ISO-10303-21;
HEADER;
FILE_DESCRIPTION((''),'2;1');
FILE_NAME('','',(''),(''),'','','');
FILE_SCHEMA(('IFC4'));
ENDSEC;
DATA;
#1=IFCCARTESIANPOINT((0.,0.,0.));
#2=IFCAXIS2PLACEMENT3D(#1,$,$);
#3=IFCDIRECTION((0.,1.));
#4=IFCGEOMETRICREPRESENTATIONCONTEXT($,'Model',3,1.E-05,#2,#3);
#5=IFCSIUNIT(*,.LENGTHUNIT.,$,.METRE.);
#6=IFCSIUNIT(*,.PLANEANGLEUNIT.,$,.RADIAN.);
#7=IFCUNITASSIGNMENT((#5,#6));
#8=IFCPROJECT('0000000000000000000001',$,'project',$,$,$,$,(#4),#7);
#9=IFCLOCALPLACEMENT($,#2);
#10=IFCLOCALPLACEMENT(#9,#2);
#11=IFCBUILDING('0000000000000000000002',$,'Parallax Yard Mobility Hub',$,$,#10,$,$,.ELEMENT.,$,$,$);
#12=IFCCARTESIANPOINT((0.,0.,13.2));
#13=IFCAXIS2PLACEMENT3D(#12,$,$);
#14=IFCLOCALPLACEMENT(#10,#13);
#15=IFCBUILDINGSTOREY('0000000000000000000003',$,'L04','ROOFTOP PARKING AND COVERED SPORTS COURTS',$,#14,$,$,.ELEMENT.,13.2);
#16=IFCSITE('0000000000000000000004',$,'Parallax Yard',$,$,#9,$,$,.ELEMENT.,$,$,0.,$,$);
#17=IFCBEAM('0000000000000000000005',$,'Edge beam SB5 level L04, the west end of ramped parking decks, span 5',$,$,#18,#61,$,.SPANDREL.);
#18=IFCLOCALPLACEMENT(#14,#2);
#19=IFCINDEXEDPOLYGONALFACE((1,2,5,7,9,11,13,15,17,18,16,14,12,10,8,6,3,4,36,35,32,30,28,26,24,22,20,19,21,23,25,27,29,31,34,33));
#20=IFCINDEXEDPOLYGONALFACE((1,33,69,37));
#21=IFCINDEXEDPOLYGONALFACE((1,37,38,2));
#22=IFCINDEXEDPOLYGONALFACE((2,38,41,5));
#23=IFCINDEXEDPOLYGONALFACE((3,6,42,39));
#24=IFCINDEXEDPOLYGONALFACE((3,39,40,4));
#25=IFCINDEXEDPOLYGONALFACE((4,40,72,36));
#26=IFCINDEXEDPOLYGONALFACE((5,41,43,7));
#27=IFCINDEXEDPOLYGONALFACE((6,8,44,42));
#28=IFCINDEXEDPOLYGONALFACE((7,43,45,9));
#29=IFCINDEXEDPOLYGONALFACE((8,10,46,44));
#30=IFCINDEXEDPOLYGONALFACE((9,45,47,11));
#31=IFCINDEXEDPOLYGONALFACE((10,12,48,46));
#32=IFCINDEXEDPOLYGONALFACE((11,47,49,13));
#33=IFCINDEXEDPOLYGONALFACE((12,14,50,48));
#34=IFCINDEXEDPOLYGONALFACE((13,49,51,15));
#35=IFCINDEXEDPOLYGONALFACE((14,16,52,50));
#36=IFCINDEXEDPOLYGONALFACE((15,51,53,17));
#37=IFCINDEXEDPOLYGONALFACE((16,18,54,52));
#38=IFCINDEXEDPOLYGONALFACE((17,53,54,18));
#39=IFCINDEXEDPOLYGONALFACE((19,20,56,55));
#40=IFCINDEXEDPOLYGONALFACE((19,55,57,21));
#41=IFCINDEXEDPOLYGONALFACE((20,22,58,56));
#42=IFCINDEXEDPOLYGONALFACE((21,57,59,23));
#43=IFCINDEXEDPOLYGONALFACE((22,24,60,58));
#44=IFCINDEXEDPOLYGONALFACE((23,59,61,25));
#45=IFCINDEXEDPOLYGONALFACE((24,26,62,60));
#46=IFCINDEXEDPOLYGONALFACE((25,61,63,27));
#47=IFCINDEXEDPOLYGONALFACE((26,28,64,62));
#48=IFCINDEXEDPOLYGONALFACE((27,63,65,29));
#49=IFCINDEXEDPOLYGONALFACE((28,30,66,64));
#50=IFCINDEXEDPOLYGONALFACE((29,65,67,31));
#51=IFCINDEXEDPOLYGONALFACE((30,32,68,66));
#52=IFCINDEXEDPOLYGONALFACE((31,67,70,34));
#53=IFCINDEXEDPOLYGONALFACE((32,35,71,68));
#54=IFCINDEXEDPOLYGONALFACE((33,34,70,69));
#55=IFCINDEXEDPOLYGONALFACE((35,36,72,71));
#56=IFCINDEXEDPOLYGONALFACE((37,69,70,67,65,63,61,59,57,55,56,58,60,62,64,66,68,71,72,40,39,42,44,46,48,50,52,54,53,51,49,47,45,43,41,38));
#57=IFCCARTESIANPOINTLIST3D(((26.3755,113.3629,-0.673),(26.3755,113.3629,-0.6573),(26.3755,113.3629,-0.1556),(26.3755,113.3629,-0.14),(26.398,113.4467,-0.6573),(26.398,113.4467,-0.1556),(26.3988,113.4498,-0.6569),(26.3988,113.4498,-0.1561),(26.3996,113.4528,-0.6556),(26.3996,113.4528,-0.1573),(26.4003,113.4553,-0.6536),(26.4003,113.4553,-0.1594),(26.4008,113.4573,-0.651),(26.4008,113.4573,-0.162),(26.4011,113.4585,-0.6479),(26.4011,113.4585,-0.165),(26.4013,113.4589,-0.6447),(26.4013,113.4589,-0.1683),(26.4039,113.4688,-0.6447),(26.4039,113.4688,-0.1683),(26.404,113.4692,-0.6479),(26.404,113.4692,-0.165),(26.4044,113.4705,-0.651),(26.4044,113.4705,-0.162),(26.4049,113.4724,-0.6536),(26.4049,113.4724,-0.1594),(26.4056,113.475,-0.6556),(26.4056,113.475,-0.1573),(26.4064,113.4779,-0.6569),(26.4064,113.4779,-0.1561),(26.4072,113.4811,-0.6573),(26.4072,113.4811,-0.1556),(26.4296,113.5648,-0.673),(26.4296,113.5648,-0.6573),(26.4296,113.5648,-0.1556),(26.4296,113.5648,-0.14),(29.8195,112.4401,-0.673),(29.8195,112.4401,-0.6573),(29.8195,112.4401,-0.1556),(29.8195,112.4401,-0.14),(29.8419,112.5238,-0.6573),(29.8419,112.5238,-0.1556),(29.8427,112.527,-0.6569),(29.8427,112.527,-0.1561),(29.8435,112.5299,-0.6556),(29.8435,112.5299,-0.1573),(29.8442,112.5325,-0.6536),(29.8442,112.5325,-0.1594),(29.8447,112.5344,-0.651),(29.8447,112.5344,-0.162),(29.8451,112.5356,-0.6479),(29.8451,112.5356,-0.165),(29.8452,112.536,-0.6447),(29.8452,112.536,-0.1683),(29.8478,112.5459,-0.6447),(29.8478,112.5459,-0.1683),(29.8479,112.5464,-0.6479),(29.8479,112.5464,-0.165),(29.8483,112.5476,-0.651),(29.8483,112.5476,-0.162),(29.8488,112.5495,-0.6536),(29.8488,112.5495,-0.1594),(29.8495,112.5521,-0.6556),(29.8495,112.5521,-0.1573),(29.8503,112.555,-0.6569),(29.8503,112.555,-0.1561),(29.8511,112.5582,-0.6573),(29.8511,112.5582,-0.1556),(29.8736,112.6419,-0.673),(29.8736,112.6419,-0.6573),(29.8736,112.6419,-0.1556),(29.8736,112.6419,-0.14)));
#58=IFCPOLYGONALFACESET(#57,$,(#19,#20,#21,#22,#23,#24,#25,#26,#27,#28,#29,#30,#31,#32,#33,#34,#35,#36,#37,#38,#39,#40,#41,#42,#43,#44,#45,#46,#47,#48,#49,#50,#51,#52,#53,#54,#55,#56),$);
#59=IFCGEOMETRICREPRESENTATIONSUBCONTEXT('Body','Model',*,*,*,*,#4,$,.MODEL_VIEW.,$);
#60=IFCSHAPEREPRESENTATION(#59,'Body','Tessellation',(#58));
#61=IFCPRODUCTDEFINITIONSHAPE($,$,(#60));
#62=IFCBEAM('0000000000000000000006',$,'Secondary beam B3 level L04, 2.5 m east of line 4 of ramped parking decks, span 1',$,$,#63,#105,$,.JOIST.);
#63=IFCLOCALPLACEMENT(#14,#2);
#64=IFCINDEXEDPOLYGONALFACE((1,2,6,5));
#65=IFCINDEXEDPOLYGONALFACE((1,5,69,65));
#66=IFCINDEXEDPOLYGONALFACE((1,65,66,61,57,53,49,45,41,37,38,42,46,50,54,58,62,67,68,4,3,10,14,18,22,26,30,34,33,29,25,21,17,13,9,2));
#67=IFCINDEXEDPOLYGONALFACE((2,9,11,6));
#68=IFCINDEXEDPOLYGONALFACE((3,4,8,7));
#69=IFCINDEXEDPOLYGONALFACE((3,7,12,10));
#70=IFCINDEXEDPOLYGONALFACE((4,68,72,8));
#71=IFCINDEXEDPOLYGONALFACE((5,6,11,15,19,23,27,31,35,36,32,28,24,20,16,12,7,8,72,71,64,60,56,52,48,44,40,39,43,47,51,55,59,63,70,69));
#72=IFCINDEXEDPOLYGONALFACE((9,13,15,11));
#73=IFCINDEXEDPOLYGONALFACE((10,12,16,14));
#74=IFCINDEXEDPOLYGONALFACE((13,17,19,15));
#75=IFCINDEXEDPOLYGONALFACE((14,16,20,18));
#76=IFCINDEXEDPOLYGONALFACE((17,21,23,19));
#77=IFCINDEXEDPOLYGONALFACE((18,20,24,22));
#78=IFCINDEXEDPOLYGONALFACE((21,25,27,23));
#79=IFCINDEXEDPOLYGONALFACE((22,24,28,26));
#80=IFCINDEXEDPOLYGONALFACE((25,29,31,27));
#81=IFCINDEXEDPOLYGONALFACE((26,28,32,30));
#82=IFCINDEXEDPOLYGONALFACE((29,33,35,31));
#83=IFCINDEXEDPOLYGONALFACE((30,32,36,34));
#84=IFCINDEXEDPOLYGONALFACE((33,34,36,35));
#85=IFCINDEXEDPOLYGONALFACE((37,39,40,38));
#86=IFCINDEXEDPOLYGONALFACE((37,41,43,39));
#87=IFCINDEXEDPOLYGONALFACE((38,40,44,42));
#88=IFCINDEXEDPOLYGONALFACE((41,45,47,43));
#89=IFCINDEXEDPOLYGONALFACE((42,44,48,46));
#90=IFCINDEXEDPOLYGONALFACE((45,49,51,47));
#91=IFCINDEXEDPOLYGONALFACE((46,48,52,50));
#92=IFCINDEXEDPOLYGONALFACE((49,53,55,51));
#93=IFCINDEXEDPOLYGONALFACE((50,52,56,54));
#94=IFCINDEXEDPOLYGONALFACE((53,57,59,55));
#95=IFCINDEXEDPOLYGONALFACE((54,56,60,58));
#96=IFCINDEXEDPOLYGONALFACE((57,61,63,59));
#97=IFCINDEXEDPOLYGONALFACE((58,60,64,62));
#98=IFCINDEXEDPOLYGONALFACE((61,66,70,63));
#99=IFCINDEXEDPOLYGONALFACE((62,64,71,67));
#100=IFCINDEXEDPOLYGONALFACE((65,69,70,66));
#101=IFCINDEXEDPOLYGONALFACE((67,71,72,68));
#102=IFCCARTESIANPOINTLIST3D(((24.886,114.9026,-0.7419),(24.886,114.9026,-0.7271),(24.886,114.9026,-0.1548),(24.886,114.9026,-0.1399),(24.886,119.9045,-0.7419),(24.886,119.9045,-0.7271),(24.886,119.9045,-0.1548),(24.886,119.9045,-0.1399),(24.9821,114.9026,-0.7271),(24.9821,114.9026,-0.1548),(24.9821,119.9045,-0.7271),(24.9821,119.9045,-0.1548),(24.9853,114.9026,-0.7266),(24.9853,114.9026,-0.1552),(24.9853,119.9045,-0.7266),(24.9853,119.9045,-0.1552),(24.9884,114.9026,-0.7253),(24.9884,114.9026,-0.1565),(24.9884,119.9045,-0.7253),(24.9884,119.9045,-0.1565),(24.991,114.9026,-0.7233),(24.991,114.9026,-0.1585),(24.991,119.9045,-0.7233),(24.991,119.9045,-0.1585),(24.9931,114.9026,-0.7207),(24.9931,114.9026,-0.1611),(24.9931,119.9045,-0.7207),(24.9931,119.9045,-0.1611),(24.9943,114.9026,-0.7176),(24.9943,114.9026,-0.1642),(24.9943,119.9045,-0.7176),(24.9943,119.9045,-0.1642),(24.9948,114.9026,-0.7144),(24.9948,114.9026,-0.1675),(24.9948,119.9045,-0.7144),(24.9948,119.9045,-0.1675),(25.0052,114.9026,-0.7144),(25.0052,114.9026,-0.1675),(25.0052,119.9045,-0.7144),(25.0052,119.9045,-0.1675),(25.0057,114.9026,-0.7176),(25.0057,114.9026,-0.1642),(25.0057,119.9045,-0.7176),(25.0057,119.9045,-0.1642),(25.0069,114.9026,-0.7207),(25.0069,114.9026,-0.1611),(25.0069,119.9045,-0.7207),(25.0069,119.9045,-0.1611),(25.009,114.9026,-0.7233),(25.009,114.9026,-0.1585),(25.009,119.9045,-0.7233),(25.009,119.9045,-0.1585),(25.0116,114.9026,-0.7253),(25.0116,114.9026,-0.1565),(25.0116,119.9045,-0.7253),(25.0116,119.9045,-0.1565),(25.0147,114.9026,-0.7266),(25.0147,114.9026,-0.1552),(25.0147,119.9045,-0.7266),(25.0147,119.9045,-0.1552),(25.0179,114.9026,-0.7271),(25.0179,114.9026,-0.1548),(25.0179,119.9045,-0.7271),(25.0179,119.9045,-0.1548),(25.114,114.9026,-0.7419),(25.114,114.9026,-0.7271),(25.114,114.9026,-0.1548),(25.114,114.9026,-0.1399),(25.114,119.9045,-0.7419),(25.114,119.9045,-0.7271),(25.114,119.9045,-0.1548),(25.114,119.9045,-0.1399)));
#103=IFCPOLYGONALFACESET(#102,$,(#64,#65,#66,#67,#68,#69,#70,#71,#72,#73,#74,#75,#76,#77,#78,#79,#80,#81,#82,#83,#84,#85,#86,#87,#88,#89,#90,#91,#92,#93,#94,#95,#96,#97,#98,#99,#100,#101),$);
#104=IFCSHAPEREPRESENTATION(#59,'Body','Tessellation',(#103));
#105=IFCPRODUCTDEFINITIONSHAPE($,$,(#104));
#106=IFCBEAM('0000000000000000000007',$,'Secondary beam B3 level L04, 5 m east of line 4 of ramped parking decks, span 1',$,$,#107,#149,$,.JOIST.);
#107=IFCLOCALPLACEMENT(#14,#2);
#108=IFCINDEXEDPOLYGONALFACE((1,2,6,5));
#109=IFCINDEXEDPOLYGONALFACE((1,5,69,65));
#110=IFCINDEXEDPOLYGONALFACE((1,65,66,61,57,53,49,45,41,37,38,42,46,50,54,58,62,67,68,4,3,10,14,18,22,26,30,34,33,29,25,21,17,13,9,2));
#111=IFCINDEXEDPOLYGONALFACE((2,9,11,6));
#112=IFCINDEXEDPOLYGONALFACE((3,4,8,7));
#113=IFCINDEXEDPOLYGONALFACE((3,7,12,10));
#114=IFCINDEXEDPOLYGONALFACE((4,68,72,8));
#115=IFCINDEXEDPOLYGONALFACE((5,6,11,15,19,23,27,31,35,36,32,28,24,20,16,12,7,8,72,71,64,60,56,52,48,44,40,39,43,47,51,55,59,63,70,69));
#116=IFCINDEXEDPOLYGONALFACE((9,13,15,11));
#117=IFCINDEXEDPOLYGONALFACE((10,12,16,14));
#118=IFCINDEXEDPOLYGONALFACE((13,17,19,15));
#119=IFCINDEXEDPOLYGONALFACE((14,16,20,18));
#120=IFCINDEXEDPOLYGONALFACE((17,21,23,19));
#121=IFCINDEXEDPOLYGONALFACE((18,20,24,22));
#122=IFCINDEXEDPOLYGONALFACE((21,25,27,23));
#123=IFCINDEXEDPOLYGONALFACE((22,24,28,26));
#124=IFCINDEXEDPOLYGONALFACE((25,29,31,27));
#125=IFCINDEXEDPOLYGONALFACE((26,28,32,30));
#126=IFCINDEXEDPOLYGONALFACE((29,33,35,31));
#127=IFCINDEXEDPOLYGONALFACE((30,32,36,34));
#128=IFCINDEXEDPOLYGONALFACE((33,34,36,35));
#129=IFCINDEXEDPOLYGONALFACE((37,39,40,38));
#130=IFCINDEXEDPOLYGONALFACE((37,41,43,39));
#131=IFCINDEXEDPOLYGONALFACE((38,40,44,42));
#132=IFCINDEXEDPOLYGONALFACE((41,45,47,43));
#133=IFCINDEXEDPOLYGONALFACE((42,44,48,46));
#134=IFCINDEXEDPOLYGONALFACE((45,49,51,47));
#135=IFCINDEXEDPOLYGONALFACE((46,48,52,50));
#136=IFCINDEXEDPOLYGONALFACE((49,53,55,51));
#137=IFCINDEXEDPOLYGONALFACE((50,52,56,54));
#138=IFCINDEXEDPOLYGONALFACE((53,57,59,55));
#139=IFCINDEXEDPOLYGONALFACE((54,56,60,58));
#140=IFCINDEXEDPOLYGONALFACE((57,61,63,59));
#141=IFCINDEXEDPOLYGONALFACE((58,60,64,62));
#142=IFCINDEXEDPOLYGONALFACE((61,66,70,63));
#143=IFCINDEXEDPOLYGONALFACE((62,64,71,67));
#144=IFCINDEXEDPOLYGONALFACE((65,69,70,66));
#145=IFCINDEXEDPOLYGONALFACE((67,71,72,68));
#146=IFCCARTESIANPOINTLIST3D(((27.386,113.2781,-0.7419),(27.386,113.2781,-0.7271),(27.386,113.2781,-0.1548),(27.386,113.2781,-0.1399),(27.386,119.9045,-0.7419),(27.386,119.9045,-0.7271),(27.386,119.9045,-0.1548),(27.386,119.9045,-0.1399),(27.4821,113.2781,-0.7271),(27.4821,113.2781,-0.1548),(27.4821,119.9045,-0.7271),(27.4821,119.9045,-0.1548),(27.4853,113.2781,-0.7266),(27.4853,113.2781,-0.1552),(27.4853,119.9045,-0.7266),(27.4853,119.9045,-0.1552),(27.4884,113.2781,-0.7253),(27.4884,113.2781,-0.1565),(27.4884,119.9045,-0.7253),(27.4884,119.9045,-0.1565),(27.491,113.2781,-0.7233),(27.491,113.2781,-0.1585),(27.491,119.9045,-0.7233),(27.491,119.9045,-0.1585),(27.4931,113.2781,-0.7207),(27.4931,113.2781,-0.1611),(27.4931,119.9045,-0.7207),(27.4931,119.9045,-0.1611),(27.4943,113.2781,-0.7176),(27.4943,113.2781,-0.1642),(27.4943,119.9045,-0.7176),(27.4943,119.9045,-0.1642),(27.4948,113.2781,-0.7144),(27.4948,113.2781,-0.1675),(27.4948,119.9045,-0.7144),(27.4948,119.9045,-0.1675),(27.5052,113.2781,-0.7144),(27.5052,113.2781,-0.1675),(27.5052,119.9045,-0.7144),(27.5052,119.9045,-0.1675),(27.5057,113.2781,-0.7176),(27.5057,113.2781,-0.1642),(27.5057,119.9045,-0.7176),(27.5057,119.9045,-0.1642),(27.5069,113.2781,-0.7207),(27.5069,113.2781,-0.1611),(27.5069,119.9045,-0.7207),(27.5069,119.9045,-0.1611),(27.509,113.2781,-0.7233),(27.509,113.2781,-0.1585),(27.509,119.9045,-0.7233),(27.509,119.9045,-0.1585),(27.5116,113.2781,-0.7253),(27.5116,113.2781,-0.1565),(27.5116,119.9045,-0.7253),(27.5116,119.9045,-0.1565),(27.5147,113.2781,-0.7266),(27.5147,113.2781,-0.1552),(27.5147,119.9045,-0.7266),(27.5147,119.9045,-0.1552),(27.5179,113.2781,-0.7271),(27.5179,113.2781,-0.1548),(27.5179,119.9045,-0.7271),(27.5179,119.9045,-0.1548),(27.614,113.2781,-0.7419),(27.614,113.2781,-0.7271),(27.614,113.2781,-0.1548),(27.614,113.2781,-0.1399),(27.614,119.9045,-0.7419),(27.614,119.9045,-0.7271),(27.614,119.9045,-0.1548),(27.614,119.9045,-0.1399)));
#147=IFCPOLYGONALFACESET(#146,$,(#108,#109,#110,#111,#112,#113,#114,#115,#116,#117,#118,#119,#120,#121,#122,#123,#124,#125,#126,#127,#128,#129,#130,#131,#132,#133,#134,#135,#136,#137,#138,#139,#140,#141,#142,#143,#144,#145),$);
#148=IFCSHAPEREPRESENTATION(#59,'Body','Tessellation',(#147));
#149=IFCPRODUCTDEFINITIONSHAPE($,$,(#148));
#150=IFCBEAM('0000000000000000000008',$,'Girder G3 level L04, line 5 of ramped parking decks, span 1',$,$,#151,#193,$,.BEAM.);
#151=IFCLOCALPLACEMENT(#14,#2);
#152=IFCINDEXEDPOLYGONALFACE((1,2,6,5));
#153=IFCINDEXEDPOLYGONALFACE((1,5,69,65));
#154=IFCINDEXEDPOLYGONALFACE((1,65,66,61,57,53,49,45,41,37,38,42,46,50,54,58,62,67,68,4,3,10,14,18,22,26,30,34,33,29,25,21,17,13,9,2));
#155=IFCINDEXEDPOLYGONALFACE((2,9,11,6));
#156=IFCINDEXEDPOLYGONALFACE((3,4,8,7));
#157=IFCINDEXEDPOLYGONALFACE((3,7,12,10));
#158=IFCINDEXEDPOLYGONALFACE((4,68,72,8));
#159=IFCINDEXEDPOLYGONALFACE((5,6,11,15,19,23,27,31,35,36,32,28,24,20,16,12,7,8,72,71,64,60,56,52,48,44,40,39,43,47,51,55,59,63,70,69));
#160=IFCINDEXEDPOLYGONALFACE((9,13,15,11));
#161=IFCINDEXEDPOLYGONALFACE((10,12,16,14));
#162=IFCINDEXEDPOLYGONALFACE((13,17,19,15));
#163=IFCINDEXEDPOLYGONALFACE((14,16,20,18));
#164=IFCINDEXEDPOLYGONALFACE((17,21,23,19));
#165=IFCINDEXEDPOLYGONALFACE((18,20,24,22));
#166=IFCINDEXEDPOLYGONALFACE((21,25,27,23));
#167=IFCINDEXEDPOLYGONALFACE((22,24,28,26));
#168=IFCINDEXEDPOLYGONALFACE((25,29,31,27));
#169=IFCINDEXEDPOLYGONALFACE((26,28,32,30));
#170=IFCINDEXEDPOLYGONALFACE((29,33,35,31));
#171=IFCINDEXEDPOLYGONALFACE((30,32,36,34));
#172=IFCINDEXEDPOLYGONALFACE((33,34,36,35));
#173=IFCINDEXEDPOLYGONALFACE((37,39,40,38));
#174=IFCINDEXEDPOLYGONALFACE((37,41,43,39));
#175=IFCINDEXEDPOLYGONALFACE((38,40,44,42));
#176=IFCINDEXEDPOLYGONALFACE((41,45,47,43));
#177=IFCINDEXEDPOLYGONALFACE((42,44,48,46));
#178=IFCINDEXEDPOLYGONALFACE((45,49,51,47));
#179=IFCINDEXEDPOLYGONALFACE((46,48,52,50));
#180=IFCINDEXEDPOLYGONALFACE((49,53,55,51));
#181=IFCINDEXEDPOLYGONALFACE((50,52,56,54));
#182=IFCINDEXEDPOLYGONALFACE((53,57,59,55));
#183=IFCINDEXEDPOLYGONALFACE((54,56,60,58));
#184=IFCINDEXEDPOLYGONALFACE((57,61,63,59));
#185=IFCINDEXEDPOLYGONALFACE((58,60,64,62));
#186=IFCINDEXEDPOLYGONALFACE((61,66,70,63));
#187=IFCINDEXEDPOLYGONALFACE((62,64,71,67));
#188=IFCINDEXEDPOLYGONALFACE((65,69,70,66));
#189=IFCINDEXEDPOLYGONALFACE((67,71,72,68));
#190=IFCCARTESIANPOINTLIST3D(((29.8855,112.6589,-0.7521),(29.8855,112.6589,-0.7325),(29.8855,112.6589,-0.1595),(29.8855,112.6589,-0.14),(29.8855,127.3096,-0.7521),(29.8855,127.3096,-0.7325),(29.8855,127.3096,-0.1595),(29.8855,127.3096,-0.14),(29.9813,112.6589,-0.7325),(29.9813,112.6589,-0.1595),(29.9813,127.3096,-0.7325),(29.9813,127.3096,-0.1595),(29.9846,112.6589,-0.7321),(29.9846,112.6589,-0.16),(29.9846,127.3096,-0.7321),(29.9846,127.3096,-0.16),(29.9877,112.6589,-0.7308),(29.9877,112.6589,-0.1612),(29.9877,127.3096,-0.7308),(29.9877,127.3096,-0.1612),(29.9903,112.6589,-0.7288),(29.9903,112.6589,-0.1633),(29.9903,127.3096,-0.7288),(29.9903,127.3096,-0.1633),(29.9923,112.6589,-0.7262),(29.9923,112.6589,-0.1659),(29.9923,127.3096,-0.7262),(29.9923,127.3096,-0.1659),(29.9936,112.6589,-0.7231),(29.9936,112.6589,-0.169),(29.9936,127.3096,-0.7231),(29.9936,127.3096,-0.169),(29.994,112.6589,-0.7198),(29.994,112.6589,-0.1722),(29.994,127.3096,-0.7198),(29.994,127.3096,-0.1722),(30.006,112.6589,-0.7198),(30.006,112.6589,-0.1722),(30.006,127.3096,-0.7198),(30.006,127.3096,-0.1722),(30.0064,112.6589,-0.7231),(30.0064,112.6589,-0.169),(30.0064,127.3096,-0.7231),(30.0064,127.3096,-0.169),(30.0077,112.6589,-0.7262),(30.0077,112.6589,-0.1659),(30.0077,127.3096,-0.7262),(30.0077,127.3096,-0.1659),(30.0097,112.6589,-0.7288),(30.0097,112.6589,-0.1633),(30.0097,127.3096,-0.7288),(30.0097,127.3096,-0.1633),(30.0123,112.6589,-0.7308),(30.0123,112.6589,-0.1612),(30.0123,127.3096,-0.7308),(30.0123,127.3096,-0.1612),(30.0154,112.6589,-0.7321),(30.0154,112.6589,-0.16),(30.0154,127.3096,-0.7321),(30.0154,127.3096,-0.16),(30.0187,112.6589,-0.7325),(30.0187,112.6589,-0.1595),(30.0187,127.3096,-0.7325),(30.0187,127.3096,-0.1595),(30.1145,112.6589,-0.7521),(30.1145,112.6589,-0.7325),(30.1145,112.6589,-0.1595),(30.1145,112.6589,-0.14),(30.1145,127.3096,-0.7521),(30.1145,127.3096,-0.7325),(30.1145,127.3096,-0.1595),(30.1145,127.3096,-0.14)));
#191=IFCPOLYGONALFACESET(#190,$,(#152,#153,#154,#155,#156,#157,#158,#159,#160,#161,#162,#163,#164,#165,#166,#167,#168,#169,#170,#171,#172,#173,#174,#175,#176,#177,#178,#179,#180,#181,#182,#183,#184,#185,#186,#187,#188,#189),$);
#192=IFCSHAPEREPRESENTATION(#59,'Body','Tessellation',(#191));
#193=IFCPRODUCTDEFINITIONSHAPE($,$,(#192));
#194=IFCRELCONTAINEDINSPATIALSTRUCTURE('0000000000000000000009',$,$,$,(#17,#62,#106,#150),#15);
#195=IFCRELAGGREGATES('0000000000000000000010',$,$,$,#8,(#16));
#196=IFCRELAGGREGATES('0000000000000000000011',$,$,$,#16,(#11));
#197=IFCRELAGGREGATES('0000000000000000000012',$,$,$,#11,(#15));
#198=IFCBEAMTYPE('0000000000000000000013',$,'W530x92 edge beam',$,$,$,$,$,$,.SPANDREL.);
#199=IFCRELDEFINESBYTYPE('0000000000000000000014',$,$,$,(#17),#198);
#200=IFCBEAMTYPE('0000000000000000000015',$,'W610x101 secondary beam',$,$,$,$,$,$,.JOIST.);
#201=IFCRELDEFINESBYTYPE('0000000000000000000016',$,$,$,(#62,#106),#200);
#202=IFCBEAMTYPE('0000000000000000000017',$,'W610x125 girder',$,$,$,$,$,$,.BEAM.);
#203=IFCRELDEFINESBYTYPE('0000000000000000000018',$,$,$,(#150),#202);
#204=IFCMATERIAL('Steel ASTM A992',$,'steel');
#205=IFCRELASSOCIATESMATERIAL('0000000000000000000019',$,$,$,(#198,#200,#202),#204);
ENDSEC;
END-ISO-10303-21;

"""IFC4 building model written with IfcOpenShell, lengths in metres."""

from ifc_helpers import new_model, si_unit, direction, frame, origin, origin_2d, place, context, subcontext, project, spatial, i_section, extrude, material, material_profile, profile_set, type_object, element, save


model = new_model("IFC4")

# Units and contexts
model_context = context("Model", 3, precision=1e-05, world=origin(), true_north=direction((0.0, 1.0)))
body_context = subcontext(model_context, "Body", "Model", "MODEL_VIEW")
ifc_project = project(units=[si_unit("LENGTHUNIT", "METRE"), si_unit("PLANEANGLEUNIT", "RADIAN")], contexts=[model_context])

# Site, building, storey
site_placement = place(None, origin())
site = spatial("IfcSite", under=ifc_project, at=site_placement, Name="Parallax Yard", CompositionType="ELEMENT", RefElevation=0.0)
building_placement = place(site_placement, origin())
building = spatial("IfcBuilding", under=site, at=building_placement, Name="Parallax Yard Mobility Hub", CompositionType="ELEMENT")
storey_placement = place(building_placement, frame((0.0, 0.0, 13.2)))
storey = spatial("IfcBuildingStorey", under=building, at=storey_placement, Name="L04", Description="ROOFTOP PARKING AND COVERED SPORTS COURTS", CompositionType="ELEMENT", Elevation=13.2)

# Shared definitions
ifc_material_1 = material(Name="Steel ASTM A992", Category="steel")

# Beams
ifc_material_profile_1 = material_profile(ifc_material_1, i_section(OverallWidth=0.209, OverallDepth=0.533, WebThickness=0.0103, FlangeThickness=0.0156, FilletRadius=0.0127, at=origin_2d()), Name="W530x92")
ifc_profile_set_1 = profile_set([ifc_material_profile_1], Name="Steel ASTM A992")
beam_type_1 = type_object("IfcBeamType", Name="W530x92 edge beam", PredefinedType="SPANDREL", material=ifc_profile_set_1)
beam_1_placement = place(storey_placement, frame((26.4026, 113.4639, -0.4065), z_axis=(0.965921, -0.258839, 0.0), x_axis=(0.258839, 0.965921, 0.0)))
element("IfcBeam", 1, at=beam_1_placement, inside=storey, type_object=beam_type_1, Name="Edge beam SB5 level L04, the west end of ramped parking decks, span 5", PredefinedType="SPANDREL", context=body_context, shape_type="SweptSolid", body=[
    extrude(i_section(OverallWidth=0.209, OverallDepth=0.533, WebThickness=0.0103, FlangeThickness=0.0156, FilletRadius=0.0127, at=origin_2d()), origin(), (0.0, 0.0, 1.0), 3.5654),
])
ifc_material_profile_2 = material_profile(ifc_material_1, i_section(OverallWidth=0.228, OverallDepth=0.6021, WebThickness=0.0105, FlangeThickness=0.0149, FilletRadius=0.0127, at=origin_2d()), Name="W610x101")
ifc_profile_set_2 = profile_set([ifc_material_profile_2], Name="Steel ASTM A992")
beam_type_2 = type_object("IfcBeamType", Name="W610x101 secondary beam", PredefinedType="JOIST", material=ifc_profile_set_2)
beam_2_placement = place(storey_placement, frame((25.0, 114.9026, -0.4409), z_axis=(0.0, 1.0, 0.0), x_axis=(-1.0, 0.0, 0.0)))
element("IfcBeam", 2, at=beam_2_placement, inside=storey, type_object=beam_type_2, Name="Secondary beam B3 level L04, 2.5 m east of line 4 of ramped parking decks, span 1", PredefinedType="JOIST", context=body_context, shape_type="SweptSolid", body=[
    extrude(i_section(OverallWidth=0.228, OverallDepth=0.6021, WebThickness=0.0105, FlangeThickness=0.0149, FilletRadius=0.0127, at=origin_2d()), origin(), (0.0, 0.0, 1.0), 5.002),
])
beam_3_placement = place(storey_placement, frame((27.5, 113.2781, -0.4409), z_axis=(0.0, 1.0, 0.0), x_axis=(-1.0, 0.0, 0.0)))
element("IfcBeam", 3, at=beam_3_placement, inside=storey, type_object=beam_type_2, Name="Secondary beam B3 level L04, 5 m east of line 4 of ramped parking decks, span 1", PredefinedType="JOIST", context=body_context, shape_type="SweptSolid", body=[
    extrude(i_section(OverallWidth=0.228, OverallDepth=0.6021, WebThickness=0.0105, FlangeThickness=0.0149, FilletRadius=0.0127, at=origin_2d()), origin(), (0.0, 0.0, 1.0), 6.6265),
])
ifc_material_profile_3 = material_profile(ifc_material_1, i_section(OverallWidth=0.229, OverallDepth=0.6121, WebThickness=0.012, FlangeThickness=0.0195, FilletRadius=0.0127, at=origin_2d()), Name="W610x125")
ifc_profile_set_3 = profile_set([ifc_material_profile_3], Name="Steel ASTM A992")
beam_type_3 = type_object("IfcBeamType", Name="W610x125 girder", PredefinedType="BEAM", material=ifc_profile_set_3)
beam_4_placement = place(storey_placement, frame((30.0, 112.6589, -0.446), z_axis=(0.0, 1.0, 0.0), x_axis=(-1.0, 0.0, 0.0)))
element("IfcBeam", 4, at=beam_4_placement, inside=storey, type_object=beam_type_3, Name="Girder G3 level L04, line 5 of ramped parking decks, span 1", PredefinedType="BEAM", context=body_context, shape_type="SweptSolid", body=[
    extrude(i_section(OverallWidth=0.229, OverallDepth=0.6121, WebThickness=0.012, FlangeThickness=0.0195, FilletRadius=0.0127, at=origin_2d()), origin(), (0.0, 0.0, 1.0), 14.6506),
])

save(model, "model.ifc")
